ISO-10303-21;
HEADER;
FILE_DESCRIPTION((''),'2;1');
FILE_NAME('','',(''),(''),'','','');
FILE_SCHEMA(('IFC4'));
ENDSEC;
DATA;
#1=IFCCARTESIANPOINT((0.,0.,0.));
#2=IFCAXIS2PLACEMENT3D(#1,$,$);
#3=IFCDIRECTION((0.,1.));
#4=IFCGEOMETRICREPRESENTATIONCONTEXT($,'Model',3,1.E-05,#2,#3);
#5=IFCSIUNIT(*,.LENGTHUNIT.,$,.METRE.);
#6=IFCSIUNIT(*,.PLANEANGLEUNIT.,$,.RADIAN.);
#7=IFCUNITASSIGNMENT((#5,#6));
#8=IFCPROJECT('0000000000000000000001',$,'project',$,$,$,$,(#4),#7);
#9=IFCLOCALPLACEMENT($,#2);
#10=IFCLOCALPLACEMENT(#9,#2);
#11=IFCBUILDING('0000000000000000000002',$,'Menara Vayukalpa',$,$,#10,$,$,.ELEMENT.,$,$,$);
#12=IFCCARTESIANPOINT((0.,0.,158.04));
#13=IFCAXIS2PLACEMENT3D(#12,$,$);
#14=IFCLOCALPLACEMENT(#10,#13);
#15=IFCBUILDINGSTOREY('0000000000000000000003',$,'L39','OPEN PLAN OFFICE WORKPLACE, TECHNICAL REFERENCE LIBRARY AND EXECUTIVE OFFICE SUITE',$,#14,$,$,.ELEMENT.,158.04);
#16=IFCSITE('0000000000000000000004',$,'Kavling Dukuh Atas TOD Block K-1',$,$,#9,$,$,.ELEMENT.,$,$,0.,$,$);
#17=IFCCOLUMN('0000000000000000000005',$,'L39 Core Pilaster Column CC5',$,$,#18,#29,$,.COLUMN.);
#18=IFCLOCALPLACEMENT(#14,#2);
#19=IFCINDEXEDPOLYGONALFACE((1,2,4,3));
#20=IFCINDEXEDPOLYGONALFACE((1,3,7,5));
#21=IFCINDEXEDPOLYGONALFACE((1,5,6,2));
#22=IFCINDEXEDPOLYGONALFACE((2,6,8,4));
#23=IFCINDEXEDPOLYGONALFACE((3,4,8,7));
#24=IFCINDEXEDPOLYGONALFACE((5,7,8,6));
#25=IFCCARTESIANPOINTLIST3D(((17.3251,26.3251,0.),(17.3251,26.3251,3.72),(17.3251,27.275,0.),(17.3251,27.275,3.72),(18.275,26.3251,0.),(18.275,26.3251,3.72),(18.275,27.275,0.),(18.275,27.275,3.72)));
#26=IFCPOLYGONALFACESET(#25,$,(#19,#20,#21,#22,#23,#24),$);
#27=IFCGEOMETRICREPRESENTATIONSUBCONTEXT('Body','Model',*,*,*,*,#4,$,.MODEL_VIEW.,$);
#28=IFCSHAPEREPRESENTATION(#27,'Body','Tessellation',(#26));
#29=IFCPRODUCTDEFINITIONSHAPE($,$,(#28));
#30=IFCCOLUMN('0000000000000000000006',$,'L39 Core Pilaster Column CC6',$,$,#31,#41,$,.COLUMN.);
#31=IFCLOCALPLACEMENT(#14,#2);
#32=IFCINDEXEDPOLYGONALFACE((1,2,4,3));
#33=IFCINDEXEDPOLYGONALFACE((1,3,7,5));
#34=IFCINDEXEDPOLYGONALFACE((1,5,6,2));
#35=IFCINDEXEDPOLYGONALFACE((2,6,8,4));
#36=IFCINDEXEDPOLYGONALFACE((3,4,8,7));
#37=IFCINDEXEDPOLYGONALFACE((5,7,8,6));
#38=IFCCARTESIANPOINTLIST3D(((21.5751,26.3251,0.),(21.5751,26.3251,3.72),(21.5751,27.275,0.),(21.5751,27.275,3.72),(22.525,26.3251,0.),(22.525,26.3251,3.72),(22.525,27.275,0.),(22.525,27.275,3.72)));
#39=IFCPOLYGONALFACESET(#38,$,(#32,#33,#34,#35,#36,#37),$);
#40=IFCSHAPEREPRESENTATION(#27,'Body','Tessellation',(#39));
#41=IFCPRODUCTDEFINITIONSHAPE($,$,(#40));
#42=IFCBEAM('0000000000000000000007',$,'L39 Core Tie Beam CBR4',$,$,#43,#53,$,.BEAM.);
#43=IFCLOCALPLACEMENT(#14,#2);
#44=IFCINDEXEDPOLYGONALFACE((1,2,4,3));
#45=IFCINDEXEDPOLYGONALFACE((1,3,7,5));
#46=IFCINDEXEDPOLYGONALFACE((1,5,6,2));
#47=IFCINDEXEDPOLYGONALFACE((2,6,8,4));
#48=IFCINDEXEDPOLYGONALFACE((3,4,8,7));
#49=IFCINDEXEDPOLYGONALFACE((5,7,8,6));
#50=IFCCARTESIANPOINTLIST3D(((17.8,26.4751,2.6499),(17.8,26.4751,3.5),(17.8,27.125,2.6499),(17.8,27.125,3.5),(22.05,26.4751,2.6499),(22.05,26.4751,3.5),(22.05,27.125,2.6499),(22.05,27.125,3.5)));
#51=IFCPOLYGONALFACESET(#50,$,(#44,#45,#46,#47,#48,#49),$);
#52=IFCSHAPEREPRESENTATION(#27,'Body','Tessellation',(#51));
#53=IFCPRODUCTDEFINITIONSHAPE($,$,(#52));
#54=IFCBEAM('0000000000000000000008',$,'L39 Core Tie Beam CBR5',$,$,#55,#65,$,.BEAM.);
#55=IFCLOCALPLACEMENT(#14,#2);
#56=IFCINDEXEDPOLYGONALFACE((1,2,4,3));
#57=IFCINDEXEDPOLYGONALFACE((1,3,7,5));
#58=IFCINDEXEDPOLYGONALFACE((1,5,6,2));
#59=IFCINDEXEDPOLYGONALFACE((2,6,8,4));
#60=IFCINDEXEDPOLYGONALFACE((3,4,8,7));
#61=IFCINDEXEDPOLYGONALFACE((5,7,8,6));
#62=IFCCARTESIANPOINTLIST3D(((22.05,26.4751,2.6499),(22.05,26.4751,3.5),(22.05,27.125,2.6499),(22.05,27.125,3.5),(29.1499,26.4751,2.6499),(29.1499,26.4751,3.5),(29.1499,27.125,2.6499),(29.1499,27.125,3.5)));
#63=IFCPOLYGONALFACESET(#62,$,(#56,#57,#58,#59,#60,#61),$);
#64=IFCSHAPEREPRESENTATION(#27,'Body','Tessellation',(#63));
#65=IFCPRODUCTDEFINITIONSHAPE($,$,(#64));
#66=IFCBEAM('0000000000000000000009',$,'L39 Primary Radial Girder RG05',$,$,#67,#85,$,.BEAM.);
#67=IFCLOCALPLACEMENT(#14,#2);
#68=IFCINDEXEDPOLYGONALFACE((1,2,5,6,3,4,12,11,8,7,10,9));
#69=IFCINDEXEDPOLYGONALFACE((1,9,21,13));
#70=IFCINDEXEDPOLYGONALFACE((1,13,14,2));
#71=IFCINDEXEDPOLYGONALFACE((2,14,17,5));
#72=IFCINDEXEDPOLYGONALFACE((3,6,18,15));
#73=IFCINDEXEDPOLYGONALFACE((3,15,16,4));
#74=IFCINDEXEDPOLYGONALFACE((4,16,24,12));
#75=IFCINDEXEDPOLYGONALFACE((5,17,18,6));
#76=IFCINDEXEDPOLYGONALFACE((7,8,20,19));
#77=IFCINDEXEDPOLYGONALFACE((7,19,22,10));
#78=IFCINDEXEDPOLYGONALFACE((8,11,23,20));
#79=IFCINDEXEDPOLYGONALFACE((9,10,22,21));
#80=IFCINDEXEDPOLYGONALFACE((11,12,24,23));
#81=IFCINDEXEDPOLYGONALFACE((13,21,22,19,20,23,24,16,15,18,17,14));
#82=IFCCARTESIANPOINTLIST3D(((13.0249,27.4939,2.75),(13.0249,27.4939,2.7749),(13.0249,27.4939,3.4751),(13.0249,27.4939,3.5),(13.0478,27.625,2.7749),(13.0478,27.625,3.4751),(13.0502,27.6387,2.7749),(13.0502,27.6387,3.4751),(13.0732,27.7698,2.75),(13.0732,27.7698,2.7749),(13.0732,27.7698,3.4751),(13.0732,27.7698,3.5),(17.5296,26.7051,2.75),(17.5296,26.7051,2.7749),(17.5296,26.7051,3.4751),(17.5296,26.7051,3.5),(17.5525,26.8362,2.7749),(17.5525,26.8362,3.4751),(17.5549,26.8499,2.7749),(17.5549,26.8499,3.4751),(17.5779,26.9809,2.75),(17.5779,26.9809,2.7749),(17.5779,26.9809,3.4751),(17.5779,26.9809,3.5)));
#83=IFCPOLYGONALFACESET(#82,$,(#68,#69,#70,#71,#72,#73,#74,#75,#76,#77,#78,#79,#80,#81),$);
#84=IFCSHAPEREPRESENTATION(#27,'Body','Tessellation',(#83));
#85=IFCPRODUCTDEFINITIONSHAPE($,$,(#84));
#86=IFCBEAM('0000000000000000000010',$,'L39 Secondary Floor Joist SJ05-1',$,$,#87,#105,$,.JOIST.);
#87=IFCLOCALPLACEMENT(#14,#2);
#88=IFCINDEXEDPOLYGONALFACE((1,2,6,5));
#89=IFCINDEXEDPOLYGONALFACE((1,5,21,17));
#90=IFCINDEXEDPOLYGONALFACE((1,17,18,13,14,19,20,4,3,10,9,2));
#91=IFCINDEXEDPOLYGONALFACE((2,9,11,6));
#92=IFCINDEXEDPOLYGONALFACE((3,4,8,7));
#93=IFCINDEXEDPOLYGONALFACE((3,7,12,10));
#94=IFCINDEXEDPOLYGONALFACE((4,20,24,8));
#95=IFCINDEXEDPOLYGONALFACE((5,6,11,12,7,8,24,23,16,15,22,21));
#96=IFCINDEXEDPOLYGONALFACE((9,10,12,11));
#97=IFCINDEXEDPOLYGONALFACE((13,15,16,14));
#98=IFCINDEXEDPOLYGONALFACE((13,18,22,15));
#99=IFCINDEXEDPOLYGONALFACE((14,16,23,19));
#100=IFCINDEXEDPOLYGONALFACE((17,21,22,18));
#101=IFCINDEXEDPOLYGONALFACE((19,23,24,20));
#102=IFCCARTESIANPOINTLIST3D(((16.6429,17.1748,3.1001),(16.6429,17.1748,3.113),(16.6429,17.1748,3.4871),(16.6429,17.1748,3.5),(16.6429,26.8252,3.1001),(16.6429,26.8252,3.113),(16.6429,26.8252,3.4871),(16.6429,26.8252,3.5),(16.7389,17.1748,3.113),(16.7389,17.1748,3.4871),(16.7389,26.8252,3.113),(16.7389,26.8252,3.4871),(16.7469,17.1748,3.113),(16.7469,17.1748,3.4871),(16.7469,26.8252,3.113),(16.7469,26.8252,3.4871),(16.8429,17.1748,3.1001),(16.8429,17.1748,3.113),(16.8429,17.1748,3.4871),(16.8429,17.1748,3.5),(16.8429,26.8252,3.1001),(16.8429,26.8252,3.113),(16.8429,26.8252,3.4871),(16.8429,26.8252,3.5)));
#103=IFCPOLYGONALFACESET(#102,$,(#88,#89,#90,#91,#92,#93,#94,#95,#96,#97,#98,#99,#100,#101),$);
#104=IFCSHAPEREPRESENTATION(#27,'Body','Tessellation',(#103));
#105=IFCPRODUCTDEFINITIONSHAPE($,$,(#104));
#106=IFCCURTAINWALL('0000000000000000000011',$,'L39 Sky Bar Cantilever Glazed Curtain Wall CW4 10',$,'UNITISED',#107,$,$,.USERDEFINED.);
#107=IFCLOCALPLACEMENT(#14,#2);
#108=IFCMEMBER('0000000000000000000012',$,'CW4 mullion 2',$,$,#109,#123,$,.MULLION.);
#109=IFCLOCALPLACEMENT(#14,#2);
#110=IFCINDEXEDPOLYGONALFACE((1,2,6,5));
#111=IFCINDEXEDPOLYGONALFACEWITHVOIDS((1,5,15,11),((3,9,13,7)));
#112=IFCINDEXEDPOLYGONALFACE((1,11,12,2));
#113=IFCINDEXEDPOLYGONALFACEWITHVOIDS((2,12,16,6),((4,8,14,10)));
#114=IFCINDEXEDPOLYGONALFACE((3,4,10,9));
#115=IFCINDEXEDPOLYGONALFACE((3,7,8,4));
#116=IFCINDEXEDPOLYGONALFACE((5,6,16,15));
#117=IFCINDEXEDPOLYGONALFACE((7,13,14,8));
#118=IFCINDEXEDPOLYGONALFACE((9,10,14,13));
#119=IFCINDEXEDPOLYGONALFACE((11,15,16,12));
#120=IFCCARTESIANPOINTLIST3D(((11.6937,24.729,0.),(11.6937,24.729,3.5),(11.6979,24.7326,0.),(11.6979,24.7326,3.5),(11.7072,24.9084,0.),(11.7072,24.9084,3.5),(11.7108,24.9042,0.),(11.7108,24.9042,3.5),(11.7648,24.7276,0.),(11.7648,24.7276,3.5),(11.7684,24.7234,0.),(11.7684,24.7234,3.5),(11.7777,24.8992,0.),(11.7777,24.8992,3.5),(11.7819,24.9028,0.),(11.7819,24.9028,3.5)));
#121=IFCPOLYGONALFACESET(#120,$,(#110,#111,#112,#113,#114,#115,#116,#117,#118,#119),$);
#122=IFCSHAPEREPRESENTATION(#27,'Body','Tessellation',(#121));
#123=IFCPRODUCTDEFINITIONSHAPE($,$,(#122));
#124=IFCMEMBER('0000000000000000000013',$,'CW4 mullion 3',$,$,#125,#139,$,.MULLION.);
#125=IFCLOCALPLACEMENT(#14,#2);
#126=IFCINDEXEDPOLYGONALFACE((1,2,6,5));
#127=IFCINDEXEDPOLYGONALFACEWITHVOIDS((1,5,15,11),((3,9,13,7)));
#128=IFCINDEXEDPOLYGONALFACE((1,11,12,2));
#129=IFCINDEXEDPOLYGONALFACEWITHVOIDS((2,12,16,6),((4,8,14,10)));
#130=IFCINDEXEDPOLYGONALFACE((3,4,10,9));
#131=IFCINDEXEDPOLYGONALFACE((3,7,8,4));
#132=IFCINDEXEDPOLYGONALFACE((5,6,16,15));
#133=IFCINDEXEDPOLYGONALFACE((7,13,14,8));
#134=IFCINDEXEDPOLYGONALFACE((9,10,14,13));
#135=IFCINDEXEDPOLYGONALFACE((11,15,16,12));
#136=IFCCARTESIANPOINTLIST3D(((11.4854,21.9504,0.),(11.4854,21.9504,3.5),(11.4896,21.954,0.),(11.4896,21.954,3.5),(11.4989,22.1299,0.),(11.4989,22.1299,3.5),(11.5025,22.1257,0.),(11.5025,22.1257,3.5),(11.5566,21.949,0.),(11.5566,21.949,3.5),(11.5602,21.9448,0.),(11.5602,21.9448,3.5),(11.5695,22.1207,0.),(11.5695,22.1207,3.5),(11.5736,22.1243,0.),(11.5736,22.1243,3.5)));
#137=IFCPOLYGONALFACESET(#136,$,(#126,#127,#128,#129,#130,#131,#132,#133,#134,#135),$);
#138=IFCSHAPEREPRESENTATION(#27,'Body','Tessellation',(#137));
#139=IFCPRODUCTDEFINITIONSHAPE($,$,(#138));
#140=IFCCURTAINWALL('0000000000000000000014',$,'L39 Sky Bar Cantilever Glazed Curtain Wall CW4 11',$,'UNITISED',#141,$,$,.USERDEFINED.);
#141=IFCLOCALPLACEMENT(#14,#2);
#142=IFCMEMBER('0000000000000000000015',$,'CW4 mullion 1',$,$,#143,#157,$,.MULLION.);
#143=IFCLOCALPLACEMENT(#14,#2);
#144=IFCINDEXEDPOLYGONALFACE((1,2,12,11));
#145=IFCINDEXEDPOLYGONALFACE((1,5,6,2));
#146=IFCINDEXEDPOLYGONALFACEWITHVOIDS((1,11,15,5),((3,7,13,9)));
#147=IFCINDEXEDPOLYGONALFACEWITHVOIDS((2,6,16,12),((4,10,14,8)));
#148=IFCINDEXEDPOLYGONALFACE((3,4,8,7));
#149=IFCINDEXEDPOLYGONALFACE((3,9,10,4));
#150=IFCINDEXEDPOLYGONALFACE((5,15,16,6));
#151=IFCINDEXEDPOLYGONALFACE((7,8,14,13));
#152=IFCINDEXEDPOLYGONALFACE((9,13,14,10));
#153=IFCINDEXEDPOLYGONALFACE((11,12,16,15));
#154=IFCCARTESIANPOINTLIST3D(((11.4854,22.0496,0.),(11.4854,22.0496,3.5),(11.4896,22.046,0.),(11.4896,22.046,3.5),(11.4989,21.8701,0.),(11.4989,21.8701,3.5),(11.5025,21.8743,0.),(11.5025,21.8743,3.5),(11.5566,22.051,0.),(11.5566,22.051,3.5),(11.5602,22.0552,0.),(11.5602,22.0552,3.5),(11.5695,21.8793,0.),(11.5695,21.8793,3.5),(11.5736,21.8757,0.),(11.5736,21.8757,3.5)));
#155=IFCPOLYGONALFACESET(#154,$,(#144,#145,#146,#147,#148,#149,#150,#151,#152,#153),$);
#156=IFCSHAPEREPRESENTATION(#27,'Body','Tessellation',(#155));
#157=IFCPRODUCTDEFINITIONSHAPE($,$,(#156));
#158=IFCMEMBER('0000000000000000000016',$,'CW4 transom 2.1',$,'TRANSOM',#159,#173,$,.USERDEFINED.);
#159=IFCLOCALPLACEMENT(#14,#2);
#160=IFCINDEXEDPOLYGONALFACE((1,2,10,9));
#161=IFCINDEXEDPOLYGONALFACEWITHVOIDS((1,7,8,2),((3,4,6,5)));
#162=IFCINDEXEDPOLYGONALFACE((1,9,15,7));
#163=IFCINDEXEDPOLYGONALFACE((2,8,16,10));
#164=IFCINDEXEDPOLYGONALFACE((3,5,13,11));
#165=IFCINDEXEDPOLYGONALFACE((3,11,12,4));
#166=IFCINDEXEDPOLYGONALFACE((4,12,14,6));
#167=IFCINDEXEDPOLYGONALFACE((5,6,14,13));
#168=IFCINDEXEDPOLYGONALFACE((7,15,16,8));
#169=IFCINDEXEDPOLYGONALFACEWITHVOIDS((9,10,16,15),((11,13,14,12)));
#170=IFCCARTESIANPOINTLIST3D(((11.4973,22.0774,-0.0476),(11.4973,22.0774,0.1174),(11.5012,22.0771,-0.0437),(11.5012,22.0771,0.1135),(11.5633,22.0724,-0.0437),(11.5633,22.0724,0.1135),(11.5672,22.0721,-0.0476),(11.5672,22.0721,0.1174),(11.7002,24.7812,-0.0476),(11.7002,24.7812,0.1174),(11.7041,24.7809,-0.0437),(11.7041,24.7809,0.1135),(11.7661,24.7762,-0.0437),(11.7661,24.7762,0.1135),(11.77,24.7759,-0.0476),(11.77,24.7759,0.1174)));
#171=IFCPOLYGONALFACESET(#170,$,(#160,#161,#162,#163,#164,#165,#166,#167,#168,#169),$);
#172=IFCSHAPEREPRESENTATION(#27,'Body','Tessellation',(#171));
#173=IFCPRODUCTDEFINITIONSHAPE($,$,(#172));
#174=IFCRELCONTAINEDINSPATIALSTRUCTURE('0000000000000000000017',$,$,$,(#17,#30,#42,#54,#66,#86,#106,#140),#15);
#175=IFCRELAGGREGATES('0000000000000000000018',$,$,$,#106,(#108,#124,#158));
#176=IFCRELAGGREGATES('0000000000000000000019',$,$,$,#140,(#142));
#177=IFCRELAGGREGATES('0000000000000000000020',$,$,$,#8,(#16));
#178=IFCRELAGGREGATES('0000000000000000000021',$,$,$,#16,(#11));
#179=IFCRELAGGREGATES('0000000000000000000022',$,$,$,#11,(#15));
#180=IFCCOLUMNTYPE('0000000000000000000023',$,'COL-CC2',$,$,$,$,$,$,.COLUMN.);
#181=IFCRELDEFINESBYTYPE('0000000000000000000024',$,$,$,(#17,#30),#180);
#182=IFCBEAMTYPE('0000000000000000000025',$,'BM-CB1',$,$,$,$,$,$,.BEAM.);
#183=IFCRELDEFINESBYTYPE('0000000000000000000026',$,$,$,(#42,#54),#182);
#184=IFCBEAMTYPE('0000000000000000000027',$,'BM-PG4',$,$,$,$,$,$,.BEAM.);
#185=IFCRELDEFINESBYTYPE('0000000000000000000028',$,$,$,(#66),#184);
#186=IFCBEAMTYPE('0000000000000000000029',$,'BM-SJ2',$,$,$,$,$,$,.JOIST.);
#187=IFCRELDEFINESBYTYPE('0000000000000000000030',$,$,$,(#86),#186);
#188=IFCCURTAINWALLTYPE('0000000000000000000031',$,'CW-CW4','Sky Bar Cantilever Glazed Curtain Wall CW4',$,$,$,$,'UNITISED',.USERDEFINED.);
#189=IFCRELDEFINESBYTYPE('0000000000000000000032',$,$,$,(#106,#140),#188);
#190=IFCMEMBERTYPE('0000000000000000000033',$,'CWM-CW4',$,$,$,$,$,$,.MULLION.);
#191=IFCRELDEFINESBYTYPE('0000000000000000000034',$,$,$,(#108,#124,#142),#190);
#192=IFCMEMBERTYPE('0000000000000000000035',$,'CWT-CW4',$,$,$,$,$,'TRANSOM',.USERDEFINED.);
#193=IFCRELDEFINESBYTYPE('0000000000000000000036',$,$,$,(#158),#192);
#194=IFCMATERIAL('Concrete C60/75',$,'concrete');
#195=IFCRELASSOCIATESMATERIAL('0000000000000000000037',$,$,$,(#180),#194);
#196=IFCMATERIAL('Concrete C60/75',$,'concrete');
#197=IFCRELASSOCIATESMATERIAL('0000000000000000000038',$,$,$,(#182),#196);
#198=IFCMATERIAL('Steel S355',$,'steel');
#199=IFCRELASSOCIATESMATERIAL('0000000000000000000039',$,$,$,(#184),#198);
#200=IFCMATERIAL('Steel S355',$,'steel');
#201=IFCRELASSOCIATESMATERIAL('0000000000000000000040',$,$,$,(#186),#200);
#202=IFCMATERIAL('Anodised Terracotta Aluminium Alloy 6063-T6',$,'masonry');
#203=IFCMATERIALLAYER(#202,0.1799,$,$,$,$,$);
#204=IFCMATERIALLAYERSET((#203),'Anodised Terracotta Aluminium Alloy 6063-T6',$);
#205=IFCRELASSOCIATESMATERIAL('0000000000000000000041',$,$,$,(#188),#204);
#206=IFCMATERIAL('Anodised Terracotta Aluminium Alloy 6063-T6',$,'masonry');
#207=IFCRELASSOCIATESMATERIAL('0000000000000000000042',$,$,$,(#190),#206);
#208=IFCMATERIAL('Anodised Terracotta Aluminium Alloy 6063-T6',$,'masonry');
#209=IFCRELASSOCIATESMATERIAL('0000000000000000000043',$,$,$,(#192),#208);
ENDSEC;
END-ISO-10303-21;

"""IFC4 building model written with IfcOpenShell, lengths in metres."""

from ifc_helpers import new_model, si_unit, direction, frame, origin, origin_2d, place, context, subcontext, project, spatial, rectangle, hollow_rectangle, i_section, extrude, material, layer, layer_set, material_profile, profile_set, type_object, element, aggregate, save


model = new_model("IFC4")

# Units and contexts
model_context = context("Model", 3, precision=1e-05, world=origin(), true_north=direction((0.0, 1.0)))
body_context = subcontext(model_context, "Body", "Model", "MODEL_VIEW")
ifc_project = project(units=[si_unit("LENGTHUNIT", "METRE"), si_unit("PLANEANGLEUNIT", "RADIAN")], contexts=[model_context])

# Site, building, storey
site_placement = place(None, origin())
site = spatial("IfcSite", under=ifc_project, at=site_placement, Name="Kavling Dukuh Atas TOD Block K-1", CompositionType="ELEMENT", RefElevation=0.0)
building_placement = place(site_placement, origin())
building = spatial("IfcBuilding", under=site, at=building_placement, Name="Menara Vayukalpa", CompositionType="ELEMENT")
storey_placement = place(building_placement, frame((0.0, 0.0, 158.04)))
storey = spatial("IfcBuildingStorey", under=building, at=storey_placement, Name="L39", Description="OPEN PLAN OFFICE WORKPLACE, TECHNICAL REFERENCE LIBRARY AND EXECUTIVE OFFICE SUITE", CompositionType="ELEMENT", Elevation=158.04)

# Columns
ifc_material_1 = material(Name="Concrete C60/75", Category="concrete")
ifc_material_profile_1 = material_profile(ifc_material_1, rectangle(XDim=0.95, YDim=0.95, at=origin_2d()), Name="RC 950x950")
ifc_profile_set_1 = profile_set([ifc_material_profile_1], Name="Concrete C60/75")
column_type = type_object("IfcColumnType", Name="COL-CC2", PredefinedType="COLUMN", material=ifc_profile_set_1)
for number, where, z_axis, x_axis, name in (
    (1, (17.8, 26.8, 0.0), (0.0, 0.0, 1.0), (1.0, 0.0, 0.0), "L39 Core Pilaster Column CC5"),
    (2, (22.05, 26.8, 0.0), (0.0, 0.0, 1.0), (1.0, 0.0, 0.0), "L39 Core Pilaster Column CC6"),
):
    element("IfcColumn", number, at=place(storey_placement, frame(where, z_axis=z_axis, x_axis=x_axis)), inside=storey, type_object=column_type, Name=name, PredefinedType="COLUMN", context=body_context, shape_type="SweptSolid", body=[
        extrude(rectangle(XDim=0.95, YDim=0.95, at=origin_2d()), origin(), (0.0, 0.0, 1.0), 3.72),
    ])

# Beams
ifc_material_2 = material(Name="Concrete C60/75", Category="concrete")
ifc_material_profile_2 = material_profile(ifc_material_2, rectangle(XDim=0.6499, YDim=0.8501, at=origin_2d()), Name="RC 650x850")
ifc_profile_set_2 = profile_set([ifc_material_profile_2], Name="Concrete C60/75")
beam_type_1 = type_object("IfcBeamType", Name="BM-CB1", PredefinedType="BEAM", material=ifc_profile_set_2)
beam_1_placement = place(storey_placement, frame((17.8, 26.8, 3.075), z_axis=(1.0, 0.0, 0.0), x_axis=(0.0, 1.0, 0.0)))
element("IfcBeam", 3, at=beam_1_placement, inside=storey, type_object=beam_type_1, Name="L39 Core Tie Beam CBR4", PredefinedType="BEAM", context=body_context, shape_type="SweptSolid", body=[
    extrude(rectangle(XDim=0.6499, YDim=0.8501, at=origin_2d()), origin(), (0.0, 0.0, 1.0), 4.25),
])
beam_2_placement = place(storey_placement, frame((22.05, 26.8, 3.075), z_axis=(1.0, 0.0, 0.0), x_axis=(0.0, 1.0, 0.0)))
element("IfcBeam", 4, at=beam_2_placement, inside=storey, type_object=beam_type_1, Name="L39 Core Tie Beam CBR5", PredefinedType="BEAM", context=body_context, shape_type="SweptSolid", body=[
    extrude(rectangle(XDim=0.6499, YDim=0.8501, at=origin_2d()), origin(), (0.0, 0.0, 1.0), 7.0999),
])
ifc_material_3 = material(Name="Steel S355", Category="steel")
ifc_material_profile_3 = material_profile(ifc_material_3, i_section(OverallWidth=0.28, OverallDepth=0.75, WebThickness=0.0139, FlangeThickness=0.0249, at=origin_2d()), Name="WF 750x280x14x25")
ifc_profile_set_3 = profile_set([ifc_material_profile_3], Name="Steel S355")
beam_type_2 = type_object("IfcBeamType", Name="BM-PG4", PredefinedType="BEAM", material=ifc_profile_set_3)
beam_3_placement = place(storey_placement, frame((17.5537, 26.843, 3.125), z_axis=(-0.985012, 0.172488, 0.0), x_axis=(-0.172488, -0.985012, 0.0)))
element("IfcBeam", 5, at=beam_3_placement, inside=storey, type_object=beam_type_2, Name="L39 Primary Radial Girder RG05", PredefinedType="BEAM", context=body_context, shape_type="SweptSolid", body=[
    extrude(i_section(OverallWidth=0.28, OverallDepth=0.75, WebThickness=0.0139, FlangeThickness=0.0249, at=origin_2d()), origin(), (0.0, 0.0, 1.0), 4.5732),
])
ifc_material_4 = material(Name="Steel S355", Category="steel")
ifc_material_profile_4 = material_profile(ifc_material_4, i_section(OverallWidth=0.2, OverallDepth=0.3999, WebThickness=0.0081, FlangeThickness=0.0129, at=origin_2d()), Name="WF 400x200x8x13")
ifc_profile_set_4 = profile_set([ifc_material_profile_4], Name="Steel S355")
beam_type_3 = type_object("IfcBeamType", Name="BM-SJ2", PredefinedType="JOIST", material=ifc_profile_set_4)
beam_4_placement = place(storey_placement, frame((16.7429, 26.8252, 3.3), z_axis=(0.0, -1.0, 0.0), x_axis=(1.0, 0.0, 0.0)))
element("IfcBeam", 6, at=beam_4_placement, inside=storey, type_object=beam_type_3, Name="L39 Secondary Floor Joist SJ05-1", PredefinedType="JOIST", context=body_context, shape_type="SweptSolid", body=[
    extrude(i_section(OverallWidth=0.2, OverallDepth=0.3999, WebThickness=0.0081, FlangeThickness=0.0129, at=origin_2d()), origin(), (0.0, 0.0, 1.0), 9.6504),
])

# Curtain wall, members
ifc_material_5 = material(Name="Anodised Terracotta Aluminium Alloy 6063-T6", Category="masonry")
ifc_layer_1 = layer(ifc_material_5, 0.1799)
ifc_layer_set_1 = layer_set([ifc_layer_1], Name="Anodised Terracotta Aluminium Alloy 6063-T6")
curtain_wall_type = type_object("IfcCurtainWallType", Name="CW-CW4", Description="Sky Bar Cantilever Glazed Curtain Wall CW4", ElementType="UNITISED", PredefinedType="USERDEFINED", material=ifc_layer_set_1)
curtain_wall_1_placement = place(storey_placement, origin())
curtain_wall_1 = element("IfcCurtainWall", 7, at=curtain_wall_1_placement, inside=storey, type_object=curtain_wall_type, Name="L39 Sky Bar Cantilever Glazed Curtain Wall CW4 10", ObjectType="UNITISED", PredefinedType="USERDEFINED")
ifc_material_6 = material(Name="Anodised Terracotta Aluminium Alloy 6063-T6", Category="masonry")
ifc_material_profile_5 = material_profile(ifc_material_6, hollow_rectangle(XDim=0.075, YDim=0.1799, WallThickness=0.0039, at=origin_2d()), Name="ALU 75x180x4")
ifc_profile_set_5 = profile_set([ifc_material_profile_5], Name="Anodised Terracotta Aluminium Alloy 6063-T6")
member_type_1 = type_object("IfcMemberType", Name="CWM-CW4", PredefinedType="MULLION", material=ifc_profile_set_5)
member_1_placement = place(storey_placement, frame((11.7378, 24.8159, 0.0), z_axis=(0.0, 0.0, 1.0), x_axis=(0.997199, -0.074793, 0.0)))
member_1 = element("IfcMember", 8, at=member_1_placement, type_object=member_type_1, Name="CW4 mullion 2", PredefinedType="MULLION", context=body_context, shape_type="SweptSolid", body=[
    extrude(hollow_rectangle(XDim=0.075, YDim=0.1799, WallThickness=0.0039, at=origin_2d()), origin(), (0.0, 0.0, 1.0), 3.5),
])
member_2_placement = place(storey_placement, frame((11.5295, 22.0374, 0.0), z_axis=(0.0, 0.0, 1.0), x_axis=(0.997199, -0.074793, 0.0)))
member_2 = element("IfcMember", 9, at=member_2_placement, type_object=member_type_1, Name="CW4 mullion 3", PredefinedType="MULLION", context=body_context, shape_type="SweptSolid", body=[
    extrude(hollow_rectangle(XDim=0.075, YDim=0.1799, WallThickness=0.0039, at=origin_2d()), origin(), (0.0, 0.0, 1.0), 3.5),
])

# Curtain wall, member
curtain_wall_2_placement = place(storey_placement, origin())
curtain_wall_2 = element("IfcCurtainWall", 10, at=curtain_wall_2_placement, inside=storey, type_object=curtain_wall_type, Name="L39 Sky Bar Cantilever Glazed Curtain Wall CW4 11", ObjectType="UNITISED", PredefinedType="USERDEFINED")
member_3_placement = place(storey_placement, frame((11.5295, 21.9626, 0.0), z_axis=(0.0, 0.0, 1.0), x_axis=(0.997199, 0.074793, 0.0)))
member_3 = element("IfcMember", 11, at=member_3_placement, type_object=member_type_1, Name="CW4 mullion 1", PredefinedType="MULLION", context=body_context, shape_type="SweptSolid", body=[
    extrude(hollow_rectangle(XDim=0.075, YDim=0.1799, WallThickness=0.0039, at=origin_2d()), origin(), (0.0, 0.0, 1.0), 3.5),
])

# Member
ifc_material_7 = material(Name="Anodised Terracotta Aluminium Alloy 6063-T6", Category="masonry")
ifc_material_profile_6 = material_profile(ifc_material_7, hollow_rectangle(XDim=0.0701, YDim=0.165, WallThickness=0.0039, at=origin_2d()), Name="ALU 70x165x4")
ifc_profile_set_6 = profile_set([ifc_material_profile_6], Name="Anodised Terracotta Aluminium Alloy 6063-T6")
member_type_2 = type_object("IfcMemberType", Name="CWT-CW4", ElementType="TRANSOM", PredefinedType="USERDEFINED", material=ifc_profile_set_6)
member_4_placement = place(storey_placement, frame((11.7351, 24.7786, 0.0349), z_axis=(-0.074824, -0.997197, 0.0), x_axis=(0.997197, -0.074824, 0.0)))
member_4 = element("IfcMember", 12, at=member_4_placement, type_object=member_type_2, Name="CW4 transom 2.1", ObjectType="TRANSOM", PredefinedType="USERDEFINED", context=body_context, shape_type="SweptSolid", body=[
    extrude(hollow_rectangle(XDim=0.0701, YDim=0.165, WallThickness=0.0039, at=origin_2d()), origin(), (0.0, 0.0, 1.0), 2.7114),
])

aggregate(curtain_wall_1, [member_1, member_2, member_4])
aggregate(curtain_wall_2, [member_3])

save(model, "model.ifc")
